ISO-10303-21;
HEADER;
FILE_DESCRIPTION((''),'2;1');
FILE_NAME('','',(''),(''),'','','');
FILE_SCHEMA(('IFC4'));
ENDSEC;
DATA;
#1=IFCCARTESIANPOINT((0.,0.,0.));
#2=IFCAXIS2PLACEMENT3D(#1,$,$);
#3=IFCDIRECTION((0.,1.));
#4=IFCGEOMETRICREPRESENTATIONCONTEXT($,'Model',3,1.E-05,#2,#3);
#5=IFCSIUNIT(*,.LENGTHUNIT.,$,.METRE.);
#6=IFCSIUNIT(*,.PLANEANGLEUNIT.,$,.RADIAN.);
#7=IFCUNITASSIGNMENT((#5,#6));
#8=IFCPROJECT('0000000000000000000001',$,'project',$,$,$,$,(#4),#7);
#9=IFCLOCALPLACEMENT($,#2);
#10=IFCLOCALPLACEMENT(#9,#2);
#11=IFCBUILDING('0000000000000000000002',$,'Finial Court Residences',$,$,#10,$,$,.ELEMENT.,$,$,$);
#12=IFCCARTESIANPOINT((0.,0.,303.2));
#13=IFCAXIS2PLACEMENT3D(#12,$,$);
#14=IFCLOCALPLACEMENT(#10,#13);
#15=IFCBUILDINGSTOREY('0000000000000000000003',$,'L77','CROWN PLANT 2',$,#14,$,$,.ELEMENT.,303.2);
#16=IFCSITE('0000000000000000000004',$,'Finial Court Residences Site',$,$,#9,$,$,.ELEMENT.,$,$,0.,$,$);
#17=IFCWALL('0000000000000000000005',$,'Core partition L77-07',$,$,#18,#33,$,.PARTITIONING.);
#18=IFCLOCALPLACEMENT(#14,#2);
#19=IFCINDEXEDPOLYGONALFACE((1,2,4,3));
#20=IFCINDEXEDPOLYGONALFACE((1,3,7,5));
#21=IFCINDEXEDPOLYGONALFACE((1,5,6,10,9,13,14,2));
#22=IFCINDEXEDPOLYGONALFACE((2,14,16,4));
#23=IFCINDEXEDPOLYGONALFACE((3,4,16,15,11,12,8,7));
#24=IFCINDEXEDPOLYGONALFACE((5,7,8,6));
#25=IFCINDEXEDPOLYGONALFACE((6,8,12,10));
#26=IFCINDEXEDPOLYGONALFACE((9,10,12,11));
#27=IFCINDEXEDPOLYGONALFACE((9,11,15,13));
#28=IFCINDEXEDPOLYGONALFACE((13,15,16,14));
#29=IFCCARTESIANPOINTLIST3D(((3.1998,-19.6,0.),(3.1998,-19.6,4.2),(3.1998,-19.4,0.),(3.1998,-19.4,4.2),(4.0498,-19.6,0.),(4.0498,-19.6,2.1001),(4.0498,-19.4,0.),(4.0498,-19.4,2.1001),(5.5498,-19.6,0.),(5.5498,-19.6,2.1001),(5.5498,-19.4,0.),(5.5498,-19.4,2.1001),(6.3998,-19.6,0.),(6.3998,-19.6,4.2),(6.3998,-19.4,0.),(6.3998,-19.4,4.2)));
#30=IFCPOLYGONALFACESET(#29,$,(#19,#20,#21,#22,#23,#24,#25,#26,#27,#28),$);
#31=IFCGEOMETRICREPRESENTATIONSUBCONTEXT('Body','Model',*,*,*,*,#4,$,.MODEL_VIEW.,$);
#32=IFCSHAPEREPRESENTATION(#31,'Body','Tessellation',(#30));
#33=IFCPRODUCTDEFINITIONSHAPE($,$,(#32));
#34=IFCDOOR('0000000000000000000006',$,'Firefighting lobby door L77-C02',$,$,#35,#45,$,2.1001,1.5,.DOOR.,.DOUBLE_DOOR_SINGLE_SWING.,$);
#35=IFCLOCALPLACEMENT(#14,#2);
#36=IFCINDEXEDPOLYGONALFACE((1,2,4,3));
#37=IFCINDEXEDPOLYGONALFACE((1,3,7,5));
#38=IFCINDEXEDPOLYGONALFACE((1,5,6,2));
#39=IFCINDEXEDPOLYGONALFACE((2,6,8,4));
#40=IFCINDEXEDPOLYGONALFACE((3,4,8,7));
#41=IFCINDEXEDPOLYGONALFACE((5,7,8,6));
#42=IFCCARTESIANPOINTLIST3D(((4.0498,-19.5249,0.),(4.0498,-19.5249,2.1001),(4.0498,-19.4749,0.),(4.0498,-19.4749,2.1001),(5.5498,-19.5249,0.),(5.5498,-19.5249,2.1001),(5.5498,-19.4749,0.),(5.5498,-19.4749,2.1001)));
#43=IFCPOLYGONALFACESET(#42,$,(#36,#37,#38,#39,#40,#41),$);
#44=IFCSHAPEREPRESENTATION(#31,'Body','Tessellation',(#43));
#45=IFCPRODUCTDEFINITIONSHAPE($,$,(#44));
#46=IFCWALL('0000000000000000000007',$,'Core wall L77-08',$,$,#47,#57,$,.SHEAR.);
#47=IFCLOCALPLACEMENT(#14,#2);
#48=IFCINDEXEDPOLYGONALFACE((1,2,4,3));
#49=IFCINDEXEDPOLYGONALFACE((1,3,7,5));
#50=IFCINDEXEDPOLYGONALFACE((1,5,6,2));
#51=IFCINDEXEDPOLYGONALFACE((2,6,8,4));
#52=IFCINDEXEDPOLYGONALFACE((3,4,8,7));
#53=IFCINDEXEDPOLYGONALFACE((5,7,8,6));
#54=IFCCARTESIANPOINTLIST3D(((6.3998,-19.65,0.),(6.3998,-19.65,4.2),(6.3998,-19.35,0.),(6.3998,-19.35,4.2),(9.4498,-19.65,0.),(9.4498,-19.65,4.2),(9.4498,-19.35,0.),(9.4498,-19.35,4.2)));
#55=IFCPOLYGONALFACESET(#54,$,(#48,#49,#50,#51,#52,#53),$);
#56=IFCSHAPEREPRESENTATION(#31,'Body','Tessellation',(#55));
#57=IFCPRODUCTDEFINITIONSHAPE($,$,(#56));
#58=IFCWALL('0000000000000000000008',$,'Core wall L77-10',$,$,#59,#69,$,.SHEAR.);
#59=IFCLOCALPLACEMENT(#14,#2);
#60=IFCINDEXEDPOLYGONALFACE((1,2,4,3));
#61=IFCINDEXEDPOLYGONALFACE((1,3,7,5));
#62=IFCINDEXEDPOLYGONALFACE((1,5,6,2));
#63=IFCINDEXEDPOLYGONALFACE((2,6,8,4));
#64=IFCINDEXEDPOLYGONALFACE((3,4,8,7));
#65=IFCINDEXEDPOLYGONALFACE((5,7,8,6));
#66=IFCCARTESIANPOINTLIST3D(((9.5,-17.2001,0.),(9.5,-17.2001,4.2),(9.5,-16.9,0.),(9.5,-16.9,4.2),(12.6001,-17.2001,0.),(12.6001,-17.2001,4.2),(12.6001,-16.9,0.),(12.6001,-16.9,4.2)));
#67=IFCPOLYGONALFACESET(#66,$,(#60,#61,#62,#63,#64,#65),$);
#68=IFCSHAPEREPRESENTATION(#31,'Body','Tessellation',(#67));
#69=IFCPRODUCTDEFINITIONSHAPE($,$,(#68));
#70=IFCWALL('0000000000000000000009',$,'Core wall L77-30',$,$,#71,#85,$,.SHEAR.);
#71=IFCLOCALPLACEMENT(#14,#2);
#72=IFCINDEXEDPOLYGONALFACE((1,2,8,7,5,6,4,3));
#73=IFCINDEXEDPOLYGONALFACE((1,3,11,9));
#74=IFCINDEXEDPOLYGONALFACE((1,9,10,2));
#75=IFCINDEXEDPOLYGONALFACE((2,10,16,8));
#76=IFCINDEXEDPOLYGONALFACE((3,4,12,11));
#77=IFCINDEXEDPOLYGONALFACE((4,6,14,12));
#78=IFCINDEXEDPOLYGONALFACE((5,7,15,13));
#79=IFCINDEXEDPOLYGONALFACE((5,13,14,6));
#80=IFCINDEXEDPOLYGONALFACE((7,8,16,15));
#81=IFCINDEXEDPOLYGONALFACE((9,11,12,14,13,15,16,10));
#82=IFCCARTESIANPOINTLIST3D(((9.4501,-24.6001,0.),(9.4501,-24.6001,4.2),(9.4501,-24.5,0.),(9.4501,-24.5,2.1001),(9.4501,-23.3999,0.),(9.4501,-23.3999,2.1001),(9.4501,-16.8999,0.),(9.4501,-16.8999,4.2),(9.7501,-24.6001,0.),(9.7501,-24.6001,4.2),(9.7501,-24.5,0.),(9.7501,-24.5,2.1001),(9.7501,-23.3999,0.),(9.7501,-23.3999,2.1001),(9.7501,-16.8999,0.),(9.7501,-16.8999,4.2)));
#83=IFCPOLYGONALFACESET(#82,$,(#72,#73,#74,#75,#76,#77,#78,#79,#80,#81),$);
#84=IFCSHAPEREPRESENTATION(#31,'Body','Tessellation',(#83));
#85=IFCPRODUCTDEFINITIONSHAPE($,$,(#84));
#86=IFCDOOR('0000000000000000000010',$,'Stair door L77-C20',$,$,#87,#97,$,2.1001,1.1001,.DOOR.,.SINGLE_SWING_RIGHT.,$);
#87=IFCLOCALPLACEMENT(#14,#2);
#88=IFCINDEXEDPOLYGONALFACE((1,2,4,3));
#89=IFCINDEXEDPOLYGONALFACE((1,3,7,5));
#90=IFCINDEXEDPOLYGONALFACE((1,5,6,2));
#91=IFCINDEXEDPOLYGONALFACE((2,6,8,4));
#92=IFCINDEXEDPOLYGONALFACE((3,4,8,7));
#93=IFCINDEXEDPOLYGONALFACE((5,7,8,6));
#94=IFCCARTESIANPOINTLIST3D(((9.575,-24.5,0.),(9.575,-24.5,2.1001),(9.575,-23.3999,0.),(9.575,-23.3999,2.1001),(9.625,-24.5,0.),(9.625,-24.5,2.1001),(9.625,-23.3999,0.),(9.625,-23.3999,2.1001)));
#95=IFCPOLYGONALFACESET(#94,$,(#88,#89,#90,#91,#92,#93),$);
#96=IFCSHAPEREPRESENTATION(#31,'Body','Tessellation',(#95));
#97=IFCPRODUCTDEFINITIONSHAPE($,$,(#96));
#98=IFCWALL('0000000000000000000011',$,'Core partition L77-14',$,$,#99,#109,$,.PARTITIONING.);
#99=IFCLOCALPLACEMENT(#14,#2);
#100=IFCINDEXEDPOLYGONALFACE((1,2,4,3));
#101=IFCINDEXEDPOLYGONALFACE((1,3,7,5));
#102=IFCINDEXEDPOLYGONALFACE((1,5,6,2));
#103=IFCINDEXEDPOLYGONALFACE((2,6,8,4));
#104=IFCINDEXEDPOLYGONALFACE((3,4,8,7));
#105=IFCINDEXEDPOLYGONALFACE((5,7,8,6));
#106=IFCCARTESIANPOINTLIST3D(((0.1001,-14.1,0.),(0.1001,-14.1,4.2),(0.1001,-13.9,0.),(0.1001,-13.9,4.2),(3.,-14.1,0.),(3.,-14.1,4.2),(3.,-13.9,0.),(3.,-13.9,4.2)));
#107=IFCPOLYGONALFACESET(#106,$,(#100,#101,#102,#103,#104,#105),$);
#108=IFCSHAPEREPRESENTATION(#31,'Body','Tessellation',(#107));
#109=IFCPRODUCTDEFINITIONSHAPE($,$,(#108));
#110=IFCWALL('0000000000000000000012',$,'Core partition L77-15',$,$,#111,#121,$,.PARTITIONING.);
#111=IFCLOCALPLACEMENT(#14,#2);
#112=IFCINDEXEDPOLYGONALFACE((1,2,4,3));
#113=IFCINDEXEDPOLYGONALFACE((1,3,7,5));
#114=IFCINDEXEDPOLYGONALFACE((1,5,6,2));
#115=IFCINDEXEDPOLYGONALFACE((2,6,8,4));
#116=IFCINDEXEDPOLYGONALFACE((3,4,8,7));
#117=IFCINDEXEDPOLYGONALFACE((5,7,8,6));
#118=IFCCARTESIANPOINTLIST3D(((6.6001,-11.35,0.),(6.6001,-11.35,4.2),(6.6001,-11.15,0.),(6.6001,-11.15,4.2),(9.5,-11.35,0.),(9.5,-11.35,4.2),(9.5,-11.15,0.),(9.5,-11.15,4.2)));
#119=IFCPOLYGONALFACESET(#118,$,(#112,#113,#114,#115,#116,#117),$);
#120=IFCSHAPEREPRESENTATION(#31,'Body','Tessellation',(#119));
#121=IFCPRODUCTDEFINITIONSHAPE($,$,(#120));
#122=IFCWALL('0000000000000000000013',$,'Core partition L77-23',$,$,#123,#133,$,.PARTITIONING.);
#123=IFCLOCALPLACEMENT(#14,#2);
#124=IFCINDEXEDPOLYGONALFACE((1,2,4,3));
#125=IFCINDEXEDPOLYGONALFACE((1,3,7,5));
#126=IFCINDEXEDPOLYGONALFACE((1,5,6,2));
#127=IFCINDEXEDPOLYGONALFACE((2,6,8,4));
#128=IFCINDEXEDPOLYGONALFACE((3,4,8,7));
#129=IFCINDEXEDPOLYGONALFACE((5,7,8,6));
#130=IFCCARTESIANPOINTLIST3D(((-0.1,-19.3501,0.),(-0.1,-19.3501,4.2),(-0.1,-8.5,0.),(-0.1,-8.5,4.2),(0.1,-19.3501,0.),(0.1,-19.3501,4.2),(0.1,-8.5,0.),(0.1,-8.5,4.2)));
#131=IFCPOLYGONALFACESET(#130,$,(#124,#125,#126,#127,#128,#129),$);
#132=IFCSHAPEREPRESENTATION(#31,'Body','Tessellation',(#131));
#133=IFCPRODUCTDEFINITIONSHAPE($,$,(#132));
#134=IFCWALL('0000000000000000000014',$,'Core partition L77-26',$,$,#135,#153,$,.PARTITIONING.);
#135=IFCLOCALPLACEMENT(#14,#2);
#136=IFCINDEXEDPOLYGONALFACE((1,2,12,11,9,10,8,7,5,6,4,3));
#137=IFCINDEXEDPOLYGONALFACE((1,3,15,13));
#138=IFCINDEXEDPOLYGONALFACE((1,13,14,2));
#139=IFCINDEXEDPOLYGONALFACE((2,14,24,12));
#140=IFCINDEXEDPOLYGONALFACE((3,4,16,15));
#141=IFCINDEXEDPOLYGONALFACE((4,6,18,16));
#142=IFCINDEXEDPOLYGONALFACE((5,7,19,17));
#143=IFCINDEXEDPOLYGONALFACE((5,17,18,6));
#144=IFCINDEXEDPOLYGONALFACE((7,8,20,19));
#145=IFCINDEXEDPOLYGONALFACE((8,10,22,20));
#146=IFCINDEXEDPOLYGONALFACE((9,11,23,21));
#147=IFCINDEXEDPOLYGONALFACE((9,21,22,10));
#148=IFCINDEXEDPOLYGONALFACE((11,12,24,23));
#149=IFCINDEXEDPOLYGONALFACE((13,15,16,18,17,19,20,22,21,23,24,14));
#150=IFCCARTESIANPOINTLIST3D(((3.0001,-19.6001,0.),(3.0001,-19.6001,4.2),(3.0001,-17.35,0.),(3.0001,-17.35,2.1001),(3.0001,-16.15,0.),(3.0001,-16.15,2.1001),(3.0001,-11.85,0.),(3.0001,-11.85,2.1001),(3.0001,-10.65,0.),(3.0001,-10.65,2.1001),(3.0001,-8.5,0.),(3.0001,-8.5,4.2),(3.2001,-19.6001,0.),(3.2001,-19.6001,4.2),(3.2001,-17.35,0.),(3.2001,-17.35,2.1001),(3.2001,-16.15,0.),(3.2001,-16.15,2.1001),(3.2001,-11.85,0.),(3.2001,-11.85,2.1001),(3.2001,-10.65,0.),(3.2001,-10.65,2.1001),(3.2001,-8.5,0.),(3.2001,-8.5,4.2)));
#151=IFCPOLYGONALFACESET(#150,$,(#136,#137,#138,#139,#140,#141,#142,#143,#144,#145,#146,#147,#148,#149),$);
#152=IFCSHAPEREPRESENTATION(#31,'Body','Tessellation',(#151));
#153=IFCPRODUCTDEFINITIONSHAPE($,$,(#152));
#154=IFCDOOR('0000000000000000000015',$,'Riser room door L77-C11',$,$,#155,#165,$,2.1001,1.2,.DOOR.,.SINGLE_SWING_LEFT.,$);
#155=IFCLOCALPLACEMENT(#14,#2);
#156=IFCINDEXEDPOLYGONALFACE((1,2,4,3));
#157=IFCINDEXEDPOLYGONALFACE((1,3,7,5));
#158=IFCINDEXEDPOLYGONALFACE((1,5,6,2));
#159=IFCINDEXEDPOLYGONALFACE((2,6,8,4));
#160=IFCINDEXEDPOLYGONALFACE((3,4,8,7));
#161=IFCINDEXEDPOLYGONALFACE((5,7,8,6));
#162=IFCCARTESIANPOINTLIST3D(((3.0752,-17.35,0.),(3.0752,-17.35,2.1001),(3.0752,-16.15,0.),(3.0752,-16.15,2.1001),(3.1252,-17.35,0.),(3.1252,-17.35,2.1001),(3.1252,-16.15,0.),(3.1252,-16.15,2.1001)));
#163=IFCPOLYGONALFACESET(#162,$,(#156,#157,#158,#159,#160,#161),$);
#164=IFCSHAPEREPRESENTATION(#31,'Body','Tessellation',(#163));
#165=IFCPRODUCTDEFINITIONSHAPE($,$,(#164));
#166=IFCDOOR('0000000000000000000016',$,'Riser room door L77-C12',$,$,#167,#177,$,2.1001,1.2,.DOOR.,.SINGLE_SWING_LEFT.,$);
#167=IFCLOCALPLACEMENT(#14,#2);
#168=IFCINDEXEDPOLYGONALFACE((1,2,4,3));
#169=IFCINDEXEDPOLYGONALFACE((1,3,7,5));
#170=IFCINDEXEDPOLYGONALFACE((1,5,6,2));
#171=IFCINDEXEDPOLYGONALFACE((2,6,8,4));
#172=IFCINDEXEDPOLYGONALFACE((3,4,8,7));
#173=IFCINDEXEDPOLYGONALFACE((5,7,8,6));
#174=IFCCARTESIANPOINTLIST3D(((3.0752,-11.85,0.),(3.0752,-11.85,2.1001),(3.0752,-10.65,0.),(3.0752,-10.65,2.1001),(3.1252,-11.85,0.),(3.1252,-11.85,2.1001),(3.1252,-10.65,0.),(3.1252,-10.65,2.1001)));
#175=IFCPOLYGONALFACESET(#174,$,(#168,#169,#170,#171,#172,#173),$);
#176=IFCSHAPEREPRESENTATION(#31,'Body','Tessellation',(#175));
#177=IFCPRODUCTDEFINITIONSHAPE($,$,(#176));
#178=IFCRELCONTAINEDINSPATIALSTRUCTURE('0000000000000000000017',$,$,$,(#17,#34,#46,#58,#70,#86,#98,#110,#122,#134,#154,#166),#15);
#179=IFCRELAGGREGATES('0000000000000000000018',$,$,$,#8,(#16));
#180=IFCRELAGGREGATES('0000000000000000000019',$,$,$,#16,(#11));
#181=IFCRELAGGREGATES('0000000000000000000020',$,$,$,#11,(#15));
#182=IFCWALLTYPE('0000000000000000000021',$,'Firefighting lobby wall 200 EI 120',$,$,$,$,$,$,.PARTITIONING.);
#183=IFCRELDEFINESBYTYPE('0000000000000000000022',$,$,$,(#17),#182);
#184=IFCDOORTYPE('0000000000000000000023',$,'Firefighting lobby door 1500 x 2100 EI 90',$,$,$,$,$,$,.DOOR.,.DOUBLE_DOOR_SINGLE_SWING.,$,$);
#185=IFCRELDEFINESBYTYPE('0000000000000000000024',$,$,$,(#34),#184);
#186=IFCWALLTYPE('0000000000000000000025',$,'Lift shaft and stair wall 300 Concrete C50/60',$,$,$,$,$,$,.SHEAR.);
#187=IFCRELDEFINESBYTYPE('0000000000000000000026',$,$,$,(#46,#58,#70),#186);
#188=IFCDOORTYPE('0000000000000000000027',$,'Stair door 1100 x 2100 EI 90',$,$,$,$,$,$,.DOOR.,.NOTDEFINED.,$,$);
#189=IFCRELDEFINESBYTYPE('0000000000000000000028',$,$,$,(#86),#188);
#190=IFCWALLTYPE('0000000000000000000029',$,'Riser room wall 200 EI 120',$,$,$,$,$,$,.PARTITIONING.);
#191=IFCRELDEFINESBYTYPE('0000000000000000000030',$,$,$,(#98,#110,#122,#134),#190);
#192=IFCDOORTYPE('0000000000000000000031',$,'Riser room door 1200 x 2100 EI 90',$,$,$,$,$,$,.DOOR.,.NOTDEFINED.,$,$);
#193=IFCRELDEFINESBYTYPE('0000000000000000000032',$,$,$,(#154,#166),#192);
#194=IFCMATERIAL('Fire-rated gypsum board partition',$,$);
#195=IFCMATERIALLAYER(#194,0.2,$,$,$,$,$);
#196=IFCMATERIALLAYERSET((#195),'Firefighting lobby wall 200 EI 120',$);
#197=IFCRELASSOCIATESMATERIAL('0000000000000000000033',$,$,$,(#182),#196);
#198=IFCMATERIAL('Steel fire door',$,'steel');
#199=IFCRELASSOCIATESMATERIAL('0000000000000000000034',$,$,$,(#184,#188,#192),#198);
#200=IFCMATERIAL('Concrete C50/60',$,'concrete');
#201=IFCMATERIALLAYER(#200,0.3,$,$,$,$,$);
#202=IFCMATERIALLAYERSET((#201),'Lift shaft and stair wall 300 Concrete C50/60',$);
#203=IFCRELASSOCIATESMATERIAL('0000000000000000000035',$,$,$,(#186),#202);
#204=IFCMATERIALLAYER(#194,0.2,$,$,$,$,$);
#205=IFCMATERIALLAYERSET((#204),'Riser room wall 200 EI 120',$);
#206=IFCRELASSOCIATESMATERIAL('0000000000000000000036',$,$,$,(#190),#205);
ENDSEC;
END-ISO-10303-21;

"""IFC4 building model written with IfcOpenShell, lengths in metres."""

from ifc_helpers import new_model, si_unit, direction, frame, frame_2d, origin, place, context, subcontext, project, spatial, rectangle, extrude, material, layer, layer_set, type_object, element, fill, save


model = new_model("IFC4")

# Units and contexts
model_context = context("Model", 3, precision=1e-05, world=origin(), true_north=direction((0.0, 1.0)))
body_context = subcontext(model_context, "Body", "Model", "MODEL_VIEW")
ifc_project = project(units=[si_unit("LENGTHUNIT", "METRE"), si_unit("PLANEANGLEUNIT", "RADIAN")], contexts=[model_context])

# Site, building, storey
site_placement = place(None, origin())
site = spatial("IfcSite", under=ifc_project, at=site_placement, Name="Finial Court Residences Site", CompositionType="ELEMENT", RefElevation=0.0)
building_placement = place(site_placement, origin())
building = spatial("IfcBuilding", under=site, at=building_placement, Name="Finial Court Residences", CompositionType="ELEMENT")
storey_placement = place(building_placement, frame((0.0, 0.0, 303.2)))
storey = spatial("IfcBuildingStorey", under=building, at=storey_placement, Name="L77", Description="CROWN PLANT 2", CompositionType="ELEMENT", Elevation=303.2)

# Wall, opening, door
ifc_material_1 = material(Name="Fire-rated gypsum board partition")
ifc_layer_1 = layer(ifc_material_1, 0.2)
ifc_layer_set_1 = layer_set([ifc_layer_1], Name="Firefighting lobby wall 200 EI 120")
wall_type_1 = type_object("IfcWallType", Name="Firefighting lobby wall 200 EI 120", PredefinedType="PARTITIONING", material=ifc_layer_set_1)
wall_1_placement = place(storey_placement, frame((6.3999, -19.5, 0.0), z_axis=(0.0, 0.0, 1.0), x_axis=(-1.0, 0.0, 0.0)))
wall_1 = element("IfcWall", 1, at=wall_1_placement, inside=storey, type_object=wall_type_1, Name="Core partition L77-07", PredefinedType="PARTITIONING", context=body_context, shape_type="SweptSolid", body=[
    extrude(rectangle(XDim=3.2, YDim=0.2, at=frame_2d((1.6001, 0.0))), origin(), (0.0, 0.0, 1.0), 4.2),
])
opening_1_placement = place(wall_1_placement, frame((0.8501, 0.0, 0.0)))
opening_1 = element("IfcOpeningElement", 2, at=opening_1_placement, cuts=wall_1, PredefinedType="OPENING", context=body_context, shape_type="SweptSolid", body=[
    extrude(rectangle(XDim=1.5, YDim=2.1001, at=frame_2d((0.75, 1.05))), frame((0.0, 0.1099, 0.0), z_axis=(0.0, -1.0, 0.0), x_axis=(1.0, 0.0, 0.0)), (0.0, 0.0, 1.0), 0.22),
])
ifc_material_2 = material(Name="Steel fire door", Category="steel")
door_type_1 = type_object("IfcDoorType", Name="Firefighting lobby door 1500 x 2100 EI 90", OperationType="DOUBLE_DOOR_SINGLE_SWING", PredefinedType="DOOR", material=ifc_material_2)
door_1_placement = place(opening_1_placement, origin())
door_1 = element("IfcDoor", 3, at=door_1_placement, inside=storey, type_object=door_type_1, Name="Firefighting lobby door L77-C02", OperationType="DOUBLE_DOOR_SINGLE_SWING", OverallHeight=2.1001, OverallWidth=1.5, PredefinedType="DOOR", context=body_context, shape_type="SweptSolid", body=[
    extrude(rectangle(XDim=1.5, YDim=2.1001, at=frame_2d((0.75, 1.05))), frame((0.0, 0.0249, 0.0), z_axis=(0.0, -1.0, 0.0), x_axis=(1.0, 0.0, 0.0)), (0.0, 0.0, 1.0), 0.05),
])
fill(opening_1, door_1)

# Walls
ifc_material_3 = material(Name="Concrete C50/60", Category="concrete")
ifc_layer_2 = layer(ifc_material_3, 0.3)
ifc_layer_set_2 = layer_set([ifc_layer_2], Name="Lift shaft and stair wall 300 Concrete C50/60")
wall_type_2 = type_object("IfcWallType", Name="Lift shaft and stair wall 300 Concrete C50/60", PredefinedType="SHEAR", material=ifc_layer_set_2)
wall_2_placement = place(storey_placement, frame((6.3999, -19.5, 0.0), z_axis=(0.0, 0.0, 1.0), x_axis=(1.0, 0.0, 0.0)))
element("IfcWall", 4, at=wall_2_placement, inside=storey, type_object=wall_type_2, Name="Core wall L77-08", PredefinedType="SHEAR", context=body_context, shape_type="SweptSolid", body=[
    extrude(rectangle(XDim=3.05, YDim=0.3, at=frame_2d((1.5249, 0.0))), origin(), (0.0, 0.0, 1.0), 4.2),
])
wall_3_placement = place(storey_placement, frame((9.5, -17.05, 0.0), z_axis=(0.0, 0.0, 1.0), x_axis=(1.0, 0.0, 0.0)))
element("IfcWall", 5, at=wall_3_placement, inside=storey, type_object=wall_type_2, Name="Core wall L77-10", PredefinedType="SHEAR", context=body_context, shape_type="SweptSolid", body=[
    extrude(rectangle(XDim=3.1001, YDim=0.3, at=frame_2d((1.55, 0.0))), origin(), (0.0, 0.0, 1.0), 4.2),
])

# Wall, opening, door
wall_4_placement = place(storey_placement, frame((9.6001, -16.8999, 0.0), z_axis=(0.0, 0.0, 1.0), x_axis=(0.0, -1.0, 0.0)))
wall_4 = element("IfcWall", 6, at=wall_4_placement, inside=storey, type_object=wall_type_2, Name="Core wall L77-30", PredefinedType="SHEAR", context=body_context, shape_type="SweptSolid", body=[
    extrude(rectangle(XDim=7.7002, YDim=0.3, at=frame_2d((3.8501, 0.0))), origin(), (0.0, 0.0, 1.0), 4.2),
])
opening_2_placement = place(wall_4_placement, frame((6.5, 0.0, 0.0)))
opening_2 = element("IfcOpeningElement", 7, at=opening_2_placement, cuts=wall_4, PredefinedType="OPENING", context=body_context, shape_type="SweptSolid", body=[
    extrude(rectangle(XDim=1.1001, YDim=2.1001, at=frame_2d((0.55, 1.05))), frame((0.0, 0.1599, 0.0), z_axis=(0.0, -1.0, 0.0), x_axis=(1.0, 0.0, 0.0)), (0.0, 0.0, 1.0), 0.3201),
])
door_type_2 = type_object("IfcDoorType", Name="Stair door 1100 x 2100 EI 90", OperationType="NOTDEFINED", PredefinedType="DOOR", material=ifc_material_2)
door_2_placement = place(opening_2_placement, origin())
door_2 = element("IfcDoor", 8, at=door_2_placement, inside=storey, type_object=door_type_2, Name="Stair door L77-C20", OperationType="SINGLE_SWING_RIGHT", OverallHeight=2.1001, OverallWidth=1.1001, PredefinedType="DOOR", context=body_context, shape_type="SweptSolid", body=[
    extrude(rectangle(XDim=1.1001, YDim=2.1001, at=frame_2d((0.55, 1.05))), frame((0.0, 0.0249, 0.0), z_axis=(0.0, -1.0, 0.0), x_axis=(1.0, 0.0, 0.0)), (0.0, 0.0, 1.0), 0.05),
])
fill(opening_2, door_2)

# Walls
ifc_layer_3 = layer(ifc_material_1, 0.2)
ifc_layer_set_3 = layer_set([ifc_layer_3], Name="Riser room wall 200 EI 120")
wall_type_3 = type_object("IfcWallType", Name="Riser room wall 200 EI 120", PredefinedType="PARTITIONING", material=ifc_layer_set_3)
for number, where, z_axis, x_axis, name in (
    (9, (0.1001, -14.0, 0.0), (0.0, 0.0, 1.0), (1.0, 0.0, 0.0), "Core partition L77-14"),
    (10, (6.6001, -11.25, 0.0), (0.0, 0.0, 1.0), (1.0, 0.0, 0.0), "Core partition L77-15"),
):
    element("IfcWall", number, at=place(storey_placement, frame(where, z_axis=z_axis, x_axis=x_axis)), inside=storey, type_object=wall_type_3, Name=name, PredefinedType="PARTITIONING", context=body_context, shape_type="SweptSolid", body=[
        extrude(rectangle(XDim=2.8999, YDim=0.2, at=frame_2d((1.45, 0.0))), origin(), (0.0, 0.0, 1.0), 4.2),
    ])
wall_5_placement = place(storey_placement, frame((0.0, -19.3501, 0.0), z_axis=(0.0, 0.0, 1.0), x_axis=(0.0, 1.0, 0.0)))
element("IfcWall", 11, at=wall_5_placement, inside=storey, type_object=wall_type_3, Name="Core partition L77-23", PredefinedType="PARTITIONING", context=body_context, shape_type="SweptSolid", body=[
    extrude(rectangle(XDim=10.8501, YDim=0.2, at=frame_2d((5.425, 0.0))), origin(), (0.0, 0.0, 1.0), 4.2),
])

# Wall, openings, doors
wall_6_placement = place(storey_placement, frame((3.1001, -19.6001, 0.0), z_axis=(0.0, 0.0, 1.0), x_axis=(0.0, 1.0, 0.0)))
wall_6 = element("IfcWall", 12, at=wall_6_placement, inside=storey, type_object=wall_type_3, Name="Core partition L77-26", PredefinedType="PARTITIONING", context=body_context, shape_type="SweptSolid", body=[
    extrude(rectangle(XDim=11.1001, YDim=0.2, at=frame_2d((5.55, 0.0))), origin(), (0.0, 0.0, 1.0), 4.2),
])
opening_3_placement = place(wall_6_placement, frame((2.25, 0.0, 0.0)))
opening_3 = element("IfcOpeningElement", 13, at=opening_3_placement, cuts=wall_6, PredefinedType="OPENING", context=body_context, shape_type="SweptSolid", body=[
    extrude(rectangle(XDim=1.2, YDim=2.1001, at=frame_2d((0.6001, 1.05))), frame((0.0, 0.1099, 0.0), z_axis=(0.0, -1.0, 0.0), x_axis=(1.0, 0.0, 0.0)), (0.0, 0.0, 1.0), 0.22),
])
opening_4_placement = place(wall_6_placement, frame((7.75, 0.0, 0.0)))
opening_4 = element("IfcOpeningElement", 14, at=opening_4_placement, cuts=wall_6, PredefinedType="OPENING", context=body_context, shape_type="SweptSolid", body=[
    extrude(rectangle(XDim=1.2, YDim=2.1001, at=frame_2d((0.6001, 1.05))), frame((0.0, 0.1099, 0.0), z_axis=(0.0, -1.0, 0.0), x_axis=(1.0, 0.0, 0.0)), (0.0, 0.0, 1.0), 0.22),
])
door_type_3 = type_object("IfcDoorType", Name="Riser room door 1200 x 2100 EI 90", OperationType="NOTDEFINED", PredefinedType="DOOR", material=ifc_material_2)
door_3_placement = place(opening_3_placement, origin())
door_3 = element("IfcDoor", 15, at=door_3_placement, inside=storey, type_object=door_type_3, Name="Riser room door L77-C11", OperationType="SINGLE_SWING_LEFT", OverallHeight=2.1001, OverallWidth=1.2, PredefinedType="DOOR", context=body_context, shape_type="SweptSolid", body=[
    extrude(rectangle(XDim=1.2, YDim=2.1001, at=frame_2d((0.6001, 1.05))), frame((0.0, 0.0249, 0.0), z_axis=(0.0, -1.0, 0.0), x_axis=(1.0, 0.0, 0.0)), (0.0, 0.0, 1.0), 0.05),
])
fill(opening_3, door_3)
door_4_placement = place(opening_4_placement, origin())
door_4 = element("IfcDoor", 16, at=door_4_placement, inside=storey, type_object=door_type_3, Name="Riser room door L77-C12", OperationType="SINGLE_SWING_LEFT", OverallHeight=2.1001, OverallWidth=1.2, PredefinedType="DOOR", context=body_context, shape_type="SweptSolid", body=[
    extrude(rectangle(XDim=1.2, YDim=2.1001, at=frame_2d((0.6001, 1.05))), frame((0.0, 0.0249, 0.0), z_axis=(0.0, -1.0, 0.0), x_axis=(1.0, 0.0, 0.0)), (0.0, 0.0, 1.0), 0.05),
])
fill(opening_4, door_4)

save(model, "model.ifc")
